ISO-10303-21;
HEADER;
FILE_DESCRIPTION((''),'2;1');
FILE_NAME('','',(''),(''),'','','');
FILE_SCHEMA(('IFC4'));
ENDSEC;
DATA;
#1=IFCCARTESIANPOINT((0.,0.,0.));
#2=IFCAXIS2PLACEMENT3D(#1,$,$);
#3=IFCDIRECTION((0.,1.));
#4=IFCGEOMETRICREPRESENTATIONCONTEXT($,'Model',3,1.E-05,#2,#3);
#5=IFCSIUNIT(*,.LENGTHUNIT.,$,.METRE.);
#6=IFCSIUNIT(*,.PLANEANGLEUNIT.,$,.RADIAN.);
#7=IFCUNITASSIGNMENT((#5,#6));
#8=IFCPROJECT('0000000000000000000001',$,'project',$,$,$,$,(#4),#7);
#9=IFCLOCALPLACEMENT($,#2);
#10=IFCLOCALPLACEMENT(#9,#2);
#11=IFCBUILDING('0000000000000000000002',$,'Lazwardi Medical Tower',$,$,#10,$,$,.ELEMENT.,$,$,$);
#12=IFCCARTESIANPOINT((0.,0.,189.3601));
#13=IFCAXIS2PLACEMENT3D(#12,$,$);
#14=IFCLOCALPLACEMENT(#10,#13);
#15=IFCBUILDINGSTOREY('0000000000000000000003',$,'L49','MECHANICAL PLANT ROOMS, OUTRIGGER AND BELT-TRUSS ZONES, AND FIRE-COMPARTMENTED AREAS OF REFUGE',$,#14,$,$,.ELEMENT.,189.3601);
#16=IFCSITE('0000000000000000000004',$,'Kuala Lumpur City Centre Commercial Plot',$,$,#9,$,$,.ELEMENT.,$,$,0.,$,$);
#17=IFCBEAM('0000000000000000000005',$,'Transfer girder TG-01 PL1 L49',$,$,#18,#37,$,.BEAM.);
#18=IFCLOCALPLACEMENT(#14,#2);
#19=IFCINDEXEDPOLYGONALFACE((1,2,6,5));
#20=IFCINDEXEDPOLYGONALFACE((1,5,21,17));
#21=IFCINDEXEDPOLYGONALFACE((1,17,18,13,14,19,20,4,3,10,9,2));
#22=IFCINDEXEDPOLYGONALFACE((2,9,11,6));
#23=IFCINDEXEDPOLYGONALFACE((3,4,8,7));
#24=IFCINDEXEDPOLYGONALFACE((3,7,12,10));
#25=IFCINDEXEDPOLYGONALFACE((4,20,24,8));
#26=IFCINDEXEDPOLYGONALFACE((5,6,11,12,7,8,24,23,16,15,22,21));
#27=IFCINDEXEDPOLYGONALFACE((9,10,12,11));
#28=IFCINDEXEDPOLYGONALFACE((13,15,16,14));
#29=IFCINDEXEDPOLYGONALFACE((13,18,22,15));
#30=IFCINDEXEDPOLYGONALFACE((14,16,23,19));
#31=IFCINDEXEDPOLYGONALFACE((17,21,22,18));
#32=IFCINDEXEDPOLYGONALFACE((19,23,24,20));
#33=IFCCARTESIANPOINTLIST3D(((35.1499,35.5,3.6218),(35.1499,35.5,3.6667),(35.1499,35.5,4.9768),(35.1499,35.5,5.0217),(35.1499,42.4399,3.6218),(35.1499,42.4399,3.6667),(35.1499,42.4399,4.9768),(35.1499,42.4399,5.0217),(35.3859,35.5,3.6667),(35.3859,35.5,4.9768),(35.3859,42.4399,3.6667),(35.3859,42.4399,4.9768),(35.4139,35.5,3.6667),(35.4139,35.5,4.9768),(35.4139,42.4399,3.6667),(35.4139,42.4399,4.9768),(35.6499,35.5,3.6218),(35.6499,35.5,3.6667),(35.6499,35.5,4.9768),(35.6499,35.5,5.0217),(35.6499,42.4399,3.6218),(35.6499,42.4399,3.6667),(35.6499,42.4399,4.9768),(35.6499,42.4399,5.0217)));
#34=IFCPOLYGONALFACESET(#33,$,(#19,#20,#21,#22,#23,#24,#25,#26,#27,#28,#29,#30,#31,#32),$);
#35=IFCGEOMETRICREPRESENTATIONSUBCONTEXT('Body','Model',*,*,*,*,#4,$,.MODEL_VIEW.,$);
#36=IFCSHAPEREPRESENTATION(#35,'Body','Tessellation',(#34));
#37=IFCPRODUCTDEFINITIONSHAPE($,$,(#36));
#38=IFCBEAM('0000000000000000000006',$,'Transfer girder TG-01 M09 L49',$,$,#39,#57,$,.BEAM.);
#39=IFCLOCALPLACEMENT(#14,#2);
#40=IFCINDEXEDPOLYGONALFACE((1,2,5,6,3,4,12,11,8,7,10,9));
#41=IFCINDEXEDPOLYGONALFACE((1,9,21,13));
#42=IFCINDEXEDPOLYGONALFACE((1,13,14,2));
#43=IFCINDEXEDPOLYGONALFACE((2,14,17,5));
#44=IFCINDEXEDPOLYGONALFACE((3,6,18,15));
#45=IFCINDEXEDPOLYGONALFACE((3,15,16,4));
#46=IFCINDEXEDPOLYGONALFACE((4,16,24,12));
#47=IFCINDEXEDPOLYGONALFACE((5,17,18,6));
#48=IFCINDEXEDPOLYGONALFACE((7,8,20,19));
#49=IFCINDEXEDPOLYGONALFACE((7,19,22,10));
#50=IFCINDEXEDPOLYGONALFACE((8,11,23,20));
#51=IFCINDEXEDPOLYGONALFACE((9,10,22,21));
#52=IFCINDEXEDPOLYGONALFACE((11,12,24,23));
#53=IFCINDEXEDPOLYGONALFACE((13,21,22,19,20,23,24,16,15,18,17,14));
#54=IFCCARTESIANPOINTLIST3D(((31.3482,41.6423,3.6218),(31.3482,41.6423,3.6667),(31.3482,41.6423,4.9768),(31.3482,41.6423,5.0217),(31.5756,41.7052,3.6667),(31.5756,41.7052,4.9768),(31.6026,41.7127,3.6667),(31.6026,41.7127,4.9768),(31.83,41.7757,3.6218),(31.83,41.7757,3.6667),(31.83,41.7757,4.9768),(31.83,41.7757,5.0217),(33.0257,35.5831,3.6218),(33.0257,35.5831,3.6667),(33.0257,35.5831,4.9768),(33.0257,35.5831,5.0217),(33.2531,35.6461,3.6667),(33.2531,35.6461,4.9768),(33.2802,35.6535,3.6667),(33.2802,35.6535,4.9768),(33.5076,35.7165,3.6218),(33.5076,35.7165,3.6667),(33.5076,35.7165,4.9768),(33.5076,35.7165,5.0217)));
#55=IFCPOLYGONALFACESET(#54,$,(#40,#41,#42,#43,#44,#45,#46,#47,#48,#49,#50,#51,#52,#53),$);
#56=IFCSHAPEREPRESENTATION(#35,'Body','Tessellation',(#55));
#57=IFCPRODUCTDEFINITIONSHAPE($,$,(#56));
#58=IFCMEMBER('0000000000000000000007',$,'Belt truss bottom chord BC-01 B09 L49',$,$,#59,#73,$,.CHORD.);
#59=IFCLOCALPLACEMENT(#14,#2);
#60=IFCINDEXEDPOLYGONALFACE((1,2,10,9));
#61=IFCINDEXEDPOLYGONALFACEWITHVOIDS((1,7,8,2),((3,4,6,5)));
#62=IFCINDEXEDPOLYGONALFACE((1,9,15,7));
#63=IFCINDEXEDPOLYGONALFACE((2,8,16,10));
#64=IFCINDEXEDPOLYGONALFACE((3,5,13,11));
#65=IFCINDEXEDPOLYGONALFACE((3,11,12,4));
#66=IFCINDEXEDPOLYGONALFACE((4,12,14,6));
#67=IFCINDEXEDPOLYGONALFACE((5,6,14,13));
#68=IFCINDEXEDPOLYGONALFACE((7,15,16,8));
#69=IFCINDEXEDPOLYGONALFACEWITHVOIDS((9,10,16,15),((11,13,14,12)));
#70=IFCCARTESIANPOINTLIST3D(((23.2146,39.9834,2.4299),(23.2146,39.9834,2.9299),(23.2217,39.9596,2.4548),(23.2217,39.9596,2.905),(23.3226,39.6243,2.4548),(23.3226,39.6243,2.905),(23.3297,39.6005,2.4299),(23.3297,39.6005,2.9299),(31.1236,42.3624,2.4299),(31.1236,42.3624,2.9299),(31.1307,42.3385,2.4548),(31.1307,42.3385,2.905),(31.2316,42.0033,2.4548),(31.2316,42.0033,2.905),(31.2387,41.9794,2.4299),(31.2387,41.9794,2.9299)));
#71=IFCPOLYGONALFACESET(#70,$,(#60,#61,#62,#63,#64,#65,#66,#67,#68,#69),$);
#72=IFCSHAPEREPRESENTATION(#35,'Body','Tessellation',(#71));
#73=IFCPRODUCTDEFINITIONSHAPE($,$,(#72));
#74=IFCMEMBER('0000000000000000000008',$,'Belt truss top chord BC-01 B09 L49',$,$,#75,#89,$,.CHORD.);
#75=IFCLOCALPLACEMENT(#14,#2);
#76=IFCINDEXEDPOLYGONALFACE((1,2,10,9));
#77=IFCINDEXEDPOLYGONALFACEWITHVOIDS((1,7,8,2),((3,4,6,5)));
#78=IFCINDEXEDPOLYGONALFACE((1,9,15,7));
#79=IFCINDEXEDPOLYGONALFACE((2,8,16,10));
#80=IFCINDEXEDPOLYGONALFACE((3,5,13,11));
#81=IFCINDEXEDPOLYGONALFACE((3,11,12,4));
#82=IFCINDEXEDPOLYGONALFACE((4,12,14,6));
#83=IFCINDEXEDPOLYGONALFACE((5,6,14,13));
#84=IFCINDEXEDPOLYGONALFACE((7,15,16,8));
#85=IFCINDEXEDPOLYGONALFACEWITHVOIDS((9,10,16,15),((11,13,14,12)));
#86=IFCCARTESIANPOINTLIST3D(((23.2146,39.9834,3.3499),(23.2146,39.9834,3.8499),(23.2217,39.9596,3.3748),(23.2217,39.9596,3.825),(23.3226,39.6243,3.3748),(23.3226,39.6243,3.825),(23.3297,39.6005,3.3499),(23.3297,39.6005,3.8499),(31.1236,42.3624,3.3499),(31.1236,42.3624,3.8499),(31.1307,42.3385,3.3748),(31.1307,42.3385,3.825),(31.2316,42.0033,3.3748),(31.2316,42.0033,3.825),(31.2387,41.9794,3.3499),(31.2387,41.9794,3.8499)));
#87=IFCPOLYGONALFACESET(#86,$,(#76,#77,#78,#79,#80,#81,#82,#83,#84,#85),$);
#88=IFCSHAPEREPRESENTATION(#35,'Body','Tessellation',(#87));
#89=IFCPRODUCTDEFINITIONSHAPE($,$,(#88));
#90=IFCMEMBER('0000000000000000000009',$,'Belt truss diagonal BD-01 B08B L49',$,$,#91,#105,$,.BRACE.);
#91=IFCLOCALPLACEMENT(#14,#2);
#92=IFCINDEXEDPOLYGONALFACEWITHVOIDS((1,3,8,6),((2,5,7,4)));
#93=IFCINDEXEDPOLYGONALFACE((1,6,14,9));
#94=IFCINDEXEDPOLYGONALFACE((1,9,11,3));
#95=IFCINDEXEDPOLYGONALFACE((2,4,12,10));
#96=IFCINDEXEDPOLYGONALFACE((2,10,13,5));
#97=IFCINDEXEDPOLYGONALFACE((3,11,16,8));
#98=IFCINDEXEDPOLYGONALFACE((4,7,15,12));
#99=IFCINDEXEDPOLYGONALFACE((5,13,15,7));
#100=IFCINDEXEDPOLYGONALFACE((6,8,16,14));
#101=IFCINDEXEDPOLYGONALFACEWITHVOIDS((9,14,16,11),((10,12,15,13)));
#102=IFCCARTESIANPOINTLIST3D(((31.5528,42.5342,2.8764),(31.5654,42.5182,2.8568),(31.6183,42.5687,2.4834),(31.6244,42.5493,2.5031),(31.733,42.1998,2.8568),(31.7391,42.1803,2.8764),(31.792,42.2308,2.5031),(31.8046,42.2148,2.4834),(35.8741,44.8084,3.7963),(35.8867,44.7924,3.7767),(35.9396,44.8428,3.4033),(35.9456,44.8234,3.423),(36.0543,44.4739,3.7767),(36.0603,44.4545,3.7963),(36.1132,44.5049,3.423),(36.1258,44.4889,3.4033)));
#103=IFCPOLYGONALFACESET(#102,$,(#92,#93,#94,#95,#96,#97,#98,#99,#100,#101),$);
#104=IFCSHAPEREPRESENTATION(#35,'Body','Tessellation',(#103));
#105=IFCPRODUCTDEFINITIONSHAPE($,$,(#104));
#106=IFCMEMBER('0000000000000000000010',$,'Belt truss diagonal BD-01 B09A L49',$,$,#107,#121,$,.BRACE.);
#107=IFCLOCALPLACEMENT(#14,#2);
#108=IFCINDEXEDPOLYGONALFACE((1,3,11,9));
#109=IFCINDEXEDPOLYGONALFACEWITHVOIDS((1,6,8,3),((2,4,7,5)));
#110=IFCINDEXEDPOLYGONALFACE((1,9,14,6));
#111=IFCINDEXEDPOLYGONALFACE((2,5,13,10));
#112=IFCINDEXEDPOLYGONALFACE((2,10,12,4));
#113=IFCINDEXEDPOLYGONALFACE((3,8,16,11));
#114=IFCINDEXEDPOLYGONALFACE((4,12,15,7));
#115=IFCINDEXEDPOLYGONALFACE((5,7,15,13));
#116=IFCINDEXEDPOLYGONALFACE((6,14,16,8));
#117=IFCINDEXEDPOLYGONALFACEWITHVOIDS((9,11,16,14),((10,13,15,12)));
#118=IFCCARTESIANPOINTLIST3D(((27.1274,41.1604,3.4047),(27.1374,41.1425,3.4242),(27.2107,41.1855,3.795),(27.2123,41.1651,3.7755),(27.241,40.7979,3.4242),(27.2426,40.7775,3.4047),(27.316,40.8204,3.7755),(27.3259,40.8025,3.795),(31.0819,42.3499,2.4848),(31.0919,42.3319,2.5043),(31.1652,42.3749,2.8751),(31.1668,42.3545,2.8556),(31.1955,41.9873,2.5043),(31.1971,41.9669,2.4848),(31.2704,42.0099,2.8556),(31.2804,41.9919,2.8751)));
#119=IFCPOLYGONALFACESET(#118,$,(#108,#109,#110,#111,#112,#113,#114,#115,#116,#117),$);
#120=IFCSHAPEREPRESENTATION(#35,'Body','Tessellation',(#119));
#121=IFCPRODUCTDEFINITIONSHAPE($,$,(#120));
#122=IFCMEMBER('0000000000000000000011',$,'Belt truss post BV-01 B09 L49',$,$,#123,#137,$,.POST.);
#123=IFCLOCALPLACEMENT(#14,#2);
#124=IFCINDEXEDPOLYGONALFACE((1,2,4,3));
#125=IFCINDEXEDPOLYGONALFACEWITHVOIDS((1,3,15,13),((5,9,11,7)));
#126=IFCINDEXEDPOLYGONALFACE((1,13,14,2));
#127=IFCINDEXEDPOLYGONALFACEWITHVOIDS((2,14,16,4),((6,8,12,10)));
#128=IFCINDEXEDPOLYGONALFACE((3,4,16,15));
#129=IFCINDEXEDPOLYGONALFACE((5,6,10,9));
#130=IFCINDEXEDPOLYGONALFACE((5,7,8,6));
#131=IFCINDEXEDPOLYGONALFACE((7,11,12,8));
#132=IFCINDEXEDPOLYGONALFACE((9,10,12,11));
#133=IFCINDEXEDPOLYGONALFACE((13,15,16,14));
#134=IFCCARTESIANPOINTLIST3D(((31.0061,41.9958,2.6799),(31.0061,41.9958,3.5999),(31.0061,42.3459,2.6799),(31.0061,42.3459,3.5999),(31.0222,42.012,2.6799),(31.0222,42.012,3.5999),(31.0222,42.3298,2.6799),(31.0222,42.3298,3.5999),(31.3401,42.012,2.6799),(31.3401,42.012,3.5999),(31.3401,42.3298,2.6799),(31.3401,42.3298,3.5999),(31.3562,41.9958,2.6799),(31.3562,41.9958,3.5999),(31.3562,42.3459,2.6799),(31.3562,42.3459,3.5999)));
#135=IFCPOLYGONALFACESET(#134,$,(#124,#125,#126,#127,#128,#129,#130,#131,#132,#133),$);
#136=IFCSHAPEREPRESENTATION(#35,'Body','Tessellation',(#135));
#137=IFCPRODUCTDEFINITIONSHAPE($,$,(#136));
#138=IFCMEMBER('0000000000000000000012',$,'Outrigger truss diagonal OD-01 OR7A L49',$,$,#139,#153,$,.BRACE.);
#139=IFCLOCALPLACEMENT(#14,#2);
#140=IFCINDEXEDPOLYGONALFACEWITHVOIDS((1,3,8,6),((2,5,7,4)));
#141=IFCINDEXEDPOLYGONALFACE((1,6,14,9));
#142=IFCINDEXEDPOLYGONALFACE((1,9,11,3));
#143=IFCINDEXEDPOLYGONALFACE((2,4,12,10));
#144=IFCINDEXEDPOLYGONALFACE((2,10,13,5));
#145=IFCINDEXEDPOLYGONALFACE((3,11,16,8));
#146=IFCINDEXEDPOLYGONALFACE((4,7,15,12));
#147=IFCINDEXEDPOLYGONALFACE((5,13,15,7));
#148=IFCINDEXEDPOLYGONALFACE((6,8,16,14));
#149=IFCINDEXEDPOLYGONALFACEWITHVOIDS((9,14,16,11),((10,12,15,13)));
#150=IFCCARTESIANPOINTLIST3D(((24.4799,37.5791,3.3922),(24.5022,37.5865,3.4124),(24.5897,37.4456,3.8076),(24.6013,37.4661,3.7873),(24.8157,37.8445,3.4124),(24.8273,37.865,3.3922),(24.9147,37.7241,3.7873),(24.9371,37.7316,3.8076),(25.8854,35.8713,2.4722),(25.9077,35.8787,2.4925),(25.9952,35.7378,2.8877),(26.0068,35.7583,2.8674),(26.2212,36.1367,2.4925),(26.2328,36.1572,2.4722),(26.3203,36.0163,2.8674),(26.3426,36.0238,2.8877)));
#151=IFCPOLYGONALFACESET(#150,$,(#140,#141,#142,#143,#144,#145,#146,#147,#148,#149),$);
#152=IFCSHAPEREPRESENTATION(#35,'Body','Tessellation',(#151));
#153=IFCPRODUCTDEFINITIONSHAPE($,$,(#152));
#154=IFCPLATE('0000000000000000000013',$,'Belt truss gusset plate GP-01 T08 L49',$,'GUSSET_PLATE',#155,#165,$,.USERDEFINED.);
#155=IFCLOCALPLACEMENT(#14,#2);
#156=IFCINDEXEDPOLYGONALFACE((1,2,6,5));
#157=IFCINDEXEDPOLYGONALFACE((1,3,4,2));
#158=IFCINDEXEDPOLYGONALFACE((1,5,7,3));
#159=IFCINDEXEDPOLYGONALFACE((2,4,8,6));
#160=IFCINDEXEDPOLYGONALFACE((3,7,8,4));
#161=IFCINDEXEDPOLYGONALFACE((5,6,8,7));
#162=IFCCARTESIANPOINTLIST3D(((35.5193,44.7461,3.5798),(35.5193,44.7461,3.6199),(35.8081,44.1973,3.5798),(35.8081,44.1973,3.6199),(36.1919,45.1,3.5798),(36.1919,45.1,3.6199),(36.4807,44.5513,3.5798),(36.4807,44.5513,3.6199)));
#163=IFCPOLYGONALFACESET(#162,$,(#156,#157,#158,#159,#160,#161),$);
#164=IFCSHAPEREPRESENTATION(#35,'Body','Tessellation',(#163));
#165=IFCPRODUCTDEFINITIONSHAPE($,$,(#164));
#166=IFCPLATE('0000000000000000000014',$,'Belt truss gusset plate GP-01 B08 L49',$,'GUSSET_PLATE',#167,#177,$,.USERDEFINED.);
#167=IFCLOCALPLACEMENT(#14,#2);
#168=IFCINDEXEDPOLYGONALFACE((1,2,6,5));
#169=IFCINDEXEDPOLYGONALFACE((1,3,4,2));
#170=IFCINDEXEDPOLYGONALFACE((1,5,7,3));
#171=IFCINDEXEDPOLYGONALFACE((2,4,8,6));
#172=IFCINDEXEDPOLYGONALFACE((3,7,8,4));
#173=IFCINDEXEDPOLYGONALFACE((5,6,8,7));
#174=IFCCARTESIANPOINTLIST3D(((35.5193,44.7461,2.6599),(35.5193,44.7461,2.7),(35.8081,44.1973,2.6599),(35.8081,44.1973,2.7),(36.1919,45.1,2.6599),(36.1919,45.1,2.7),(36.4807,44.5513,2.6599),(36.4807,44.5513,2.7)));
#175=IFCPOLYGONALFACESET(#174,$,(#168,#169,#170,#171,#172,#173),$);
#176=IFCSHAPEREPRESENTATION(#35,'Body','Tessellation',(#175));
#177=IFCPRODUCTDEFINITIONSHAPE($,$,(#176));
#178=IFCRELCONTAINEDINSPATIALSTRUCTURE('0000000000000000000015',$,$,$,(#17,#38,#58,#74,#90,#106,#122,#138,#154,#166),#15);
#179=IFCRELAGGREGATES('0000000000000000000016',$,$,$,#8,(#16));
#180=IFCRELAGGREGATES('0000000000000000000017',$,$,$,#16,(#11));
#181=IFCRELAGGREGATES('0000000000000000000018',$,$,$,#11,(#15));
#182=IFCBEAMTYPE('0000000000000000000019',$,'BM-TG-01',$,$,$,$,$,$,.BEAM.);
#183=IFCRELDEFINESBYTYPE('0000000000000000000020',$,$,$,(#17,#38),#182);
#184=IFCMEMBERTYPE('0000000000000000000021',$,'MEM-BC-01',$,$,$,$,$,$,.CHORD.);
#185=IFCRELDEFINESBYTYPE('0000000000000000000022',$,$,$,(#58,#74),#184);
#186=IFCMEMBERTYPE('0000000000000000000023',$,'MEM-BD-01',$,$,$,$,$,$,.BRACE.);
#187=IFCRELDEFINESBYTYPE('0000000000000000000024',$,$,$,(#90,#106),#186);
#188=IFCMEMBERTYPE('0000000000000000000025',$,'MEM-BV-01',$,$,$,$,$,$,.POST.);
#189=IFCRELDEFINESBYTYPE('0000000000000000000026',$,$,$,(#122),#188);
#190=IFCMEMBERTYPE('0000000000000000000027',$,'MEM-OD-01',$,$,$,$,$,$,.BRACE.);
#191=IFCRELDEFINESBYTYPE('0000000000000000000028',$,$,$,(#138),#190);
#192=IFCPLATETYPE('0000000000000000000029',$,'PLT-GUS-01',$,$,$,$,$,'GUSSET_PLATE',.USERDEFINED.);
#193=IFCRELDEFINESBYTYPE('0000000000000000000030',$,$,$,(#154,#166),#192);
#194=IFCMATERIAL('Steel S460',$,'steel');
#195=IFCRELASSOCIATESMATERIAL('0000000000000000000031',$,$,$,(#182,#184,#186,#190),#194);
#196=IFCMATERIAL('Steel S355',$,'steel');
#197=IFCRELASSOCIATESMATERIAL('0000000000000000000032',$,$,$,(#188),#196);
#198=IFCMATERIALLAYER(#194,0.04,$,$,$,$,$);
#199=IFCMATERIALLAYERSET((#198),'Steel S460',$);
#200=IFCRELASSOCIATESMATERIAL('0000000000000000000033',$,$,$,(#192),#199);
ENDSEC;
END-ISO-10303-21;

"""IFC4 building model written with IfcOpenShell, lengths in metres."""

from ifc_helpers import new_model, si_unit, direction, frame, origin, origin_2d, place, context, subcontext, project, spatial, rectangle, hollow_rectangle, i_section, extrude, material, layer, layer_set, material_profile, profile_set, type_object, element, save


model = new_model("IFC4")

# Units and contexts
model_context = context("Model", 3, precision=1e-05, world=origin(), true_north=direction((0.0, 1.0)))
body_context = subcontext(model_context, "Body", "Model", "MODEL_VIEW")
ifc_project = project(units=[si_unit("LENGTHUNIT", "METRE"), si_unit("PLANEANGLEUNIT", "RADIAN")], contexts=[model_context])

# Site, building, storey
site_placement = place(None, origin())
site = spatial("IfcSite", under=ifc_project, at=site_placement, Name="Kuala Lumpur City Centre Commercial Plot", CompositionType="ELEMENT", RefElevation=0.0)
building_placement = place(site_placement, origin())
building = spatial("IfcBuilding", under=site, at=building_placement, Name="Lazwardi Medical Tower", CompositionType="ELEMENT")
storey_placement = place(building_placement, frame((0.0, 0.0, 189.3601)))
storey = spatial("IfcBuildingStorey", under=building, at=storey_placement, Name="L49", Description="MECHANICAL PLANT ROOMS, OUTRIGGER AND BELT-TRUSS ZONES, AND FIRE-COMPARTMENTED AREAS OF REFUGE", CompositionType="ELEMENT", Elevation=189.3601)

# Beams
ifc_material_1 = material(Name="Steel S355", Category="steel")
ifc_material_2 = material(Name="Steel S460", Category="steel")
ifc_material_profile_1 = material_profile(ifc_material_2, i_section(OverallWidth=0.5, OverallDepth=1.3999, WebThickness=0.0281, FlangeThickness=0.0449, at=origin_2d()), Name="PG 1400x500")
ifc_profile_set_1 = profile_set([ifc_material_profile_1], Name="Steel S460")
beam_type_1 = type_object("IfcBeamType", Name="BM-TG-01", PredefinedType="BEAM", material=ifc_profile_set_1)
beam_1_placement = place(storey_placement, frame((35.3999, 42.4399, 4.3218), z_axis=(0.0, -1.0, 0.0), x_axis=(1.0, 0.0, 0.0)))
element("IfcBeam", 1, at=beam_1_placement, inside=storey, type_object=beam_type_1, Name="Transfer girder TG-01 PL1 L49", PredefinedType="BEAM", context=body_context, shape_type="SweptSolid", body=[
    extrude(i_section(OverallWidth=0.5, OverallDepth=1.3999, WebThickness=0.0281, FlangeThickness=0.0449, at=origin_2d()), origin(), (0.0, 0.0, 1.0), 6.9399),
])
beam_2_placement = place(storey_placement, frame((31.5891, 41.709, 4.3218), z_axis=(0.266819, -0.963747, 0.0), x_axis=(0.963747, 0.266819, 0.0)))
element("IfcBeam", 2, at=beam_2_placement, inside=storey, type_object=beam_type_1, Name="Transfer girder TG-01 M09 L49", PredefinedType="BEAM", context=body_context, shape_type="SweptSolid", body=[
    extrude(i_section(OverallWidth=0.5, OverallDepth=1.3999, WebThickness=0.0281, FlangeThickness=0.0449, at=origin_2d()), origin(), (0.0, 0.0, 1.0), 6.2871),
])

# Members
ifc_material_profile_2 = material_profile(ifc_material_2, hollow_rectangle(XDim=0.3999, YDim=0.5, WallThickness=0.0249, at=origin_2d()), Name="RHS 500x400x25")
ifc_profile_set_2 = profile_set([ifc_material_profile_2], Name="Steel S460")
member_type_1 = type_object("IfcMemberType", Name="MEM-BC-01", PredefinedType="CHORD", material=ifc_profile_set_2)
for number, where, z_axis, x_axis, name in (
    (3, (31.1812, 42.1709, 2.6799), (-0.957619, -0.288039, 0.0), (0.288039, -0.957619, 0.0), "Belt truss bottom chord BC-01 B09 L49"),
    (4, (31.1812, 42.1709, 3.5999), (-0.957619, -0.288039, 0.0), (0.288039, -0.957619, 0.0), "Belt truss top chord BC-01 B09 L49"),
):
    element("IfcMember", number, at=place(storey_placement, frame(where, z_axis=z_axis, x_axis=x_axis)), inside=storey, type_object=member_type_1, Name=name, PredefinedType="CHORD", context=body_context, shape_type="SweptSolid", body=[
        extrude(hollow_rectangle(XDim=0.3999, YDim=0.5, WallThickness=0.0249, at=origin_2d()), origin(), (0.0, 0.0, 1.0), 8.259),
    ])
ifc_material_profile_3 = material_profile(ifc_material_2, hollow_rectangle(XDim=0.3999, YDim=0.3999, WallThickness=0.02, at=origin_2d()), Name="RHS 400x400x20")
ifc_profile_set_3 = profile_set([ifc_material_profile_3], Name="Steel S460")
member_type_2 = type_object("IfcMemberType", Name="MEM-BD-01", PredefinedType="BRACE", material=ifc_profile_set_3)
member_1_placement = place(storey_placement, frame((31.6787, 42.3745, 2.6799), z_axis=(0.869638, 0.457665, 0.18513), x_axis=(-0.465716, 0.884934, 0.0)))
element("IfcMember", 5, at=member_1_placement, inside=storey, type_object=member_type_2, Name="Belt truss diagonal BD-01 B08B L49", PredefinedType="BRACE", context=body_context, shape_type="SweptSolid", body=[
    extrude(hollow_rectangle(XDim=0.3999, YDim=0.3999, WallThickness=0.02, at=origin_2d()), origin(), (0.0, 0.0, 1.0), 4.969),
])
member_2_placement = place(storey_placement, frame((31.1812, 42.1709, 2.6799), z_axis=(-0.93471, -0.28114, 0.217433), x_axis=(0.288031, -0.957621, 0.0)))
element("IfcMember", 6, at=member_2_placement, inside=storey, type_object=member_type_2, Name="Belt truss diagonal BD-01 B09A L49", PredefinedType="BRACE", context=body_context, shape_type="SweptSolid", body=[
    extrude(hollow_rectangle(XDim=0.3999, YDim=0.3999, WallThickness=0.02, at=origin_2d()), origin(), (0.0, 0.0, 1.0), 4.2307),
])
ifc_material_profile_4 = material_profile(ifc_material_1, hollow_rectangle(XDim=0.3501, YDim=0.3501, WallThickness=0.0161, at=origin_2d()), Name="RHS 350x350x16")
ifc_profile_set_4 = profile_set([ifc_material_profile_4], Name="Steel S355")
member_type_3 = type_object("IfcMemberType", Name="MEM-BV-01", PredefinedType="POST", material=ifc_profile_set_4)
member_3_placement = place(storey_placement, frame((31.1812, 42.1709, 2.6799), z_axis=(0.0, 0.0, 1.0), x_axis=(1.0, 0.0, 0.0)))
element("IfcMember", 7, at=member_3_placement, inside=storey, type_object=member_type_3, Name="Belt truss post BV-01 B09 L49", PredefinedType="POST", context=body_context, shape_type="SweptSolid", body=[
    extrude(hollow_rectangle(XDim=0.3501, YDim=0.3501, WallThickness=0.0161, at=origin_2d()), origin(), (0.0, 0.0, 1.0), 0.9199),
])
ifc_material_profile_5 = material_profile(ifc_material_2, hollow_rectangle(XDim=0.45, YDim=0.45, WallThickness=0.022, at=origin_2d()), Name="RHS 450x450x22")
ifc_profile_set_5 = profile_set([ifc_material_profile_5], Name="Steel S460")
member_type_4 = type_object("IfcMemberType", Name="MEM-OD-01", PredefinedType="BRACE", material=ifc_profile_set_5)
member_4_placement = place(storey_placement, frame((26.114, 35.9475, 2.6799), z_axis=(-0.586744, 0.712919, 0.384028), x_axis=(-0.772125, -0.635471, 0.0)))
element("IfcMember", 8, at=member_4_placement, inside=storey, type_object=member_type_4, Name="Outrigger truss diagonal OD-01 OR7A L49", PredefinedType="BRACE", context=body_context, shape_type="SweptSolid", body=[
    extrude(hollow_rectangle(XDim=0.45, YDim=0.45, WallThickness=0.022, at=origin_2d()), origin(), (0.0, 0.0, 1.0), 2.3955),
])

# Plates
ifc_layer_1 = layer(ifc_material_2, 0.04)
ifc_layer_set_1 = layer_set([ifc_layer_1], Name="Steel S460")
plate_type = type_object("IfcPlateType", Name="PLT-GUS-01", ElementType="GUSSET_PLATE", PredefinedType="USERDEFINED", material=ifc_layer_set_1)
for number, where, z_axis, x_axis, name in (
    (9, (36.0, 44.6487, 3.5798), (0.0, 0.0, 1.0), (-0.884906, -0.465769, 0.0), "Belt truss gusset plate GP-01 T08 L49"),
    (10, (36.0, 44.6487, 2.6599), (0.0, 0.0, 1.0), (-0.884906, -0.465769, 0.0), "Belt truss gusset plate GP-01 B08 L49"),
):
    element("IfcPlate", number, at=place(storey_placement, frame(where, z_axis=z_axis, x_axis=x_axis)), inside=storey, type_object=plate_type, Name=name, ObjectType="GUSSET_PLATE", PredefinedType="USERDEFINED", context=body_context, shape_type="SweptSolid", body=[
        extrude(rectangle(XDim=0.76, YDim=0.6201, at=origin_2d()), origin(), (0.0, 0.0, 1.0), 0.04),
    ])

save(model, "model.ifc")
